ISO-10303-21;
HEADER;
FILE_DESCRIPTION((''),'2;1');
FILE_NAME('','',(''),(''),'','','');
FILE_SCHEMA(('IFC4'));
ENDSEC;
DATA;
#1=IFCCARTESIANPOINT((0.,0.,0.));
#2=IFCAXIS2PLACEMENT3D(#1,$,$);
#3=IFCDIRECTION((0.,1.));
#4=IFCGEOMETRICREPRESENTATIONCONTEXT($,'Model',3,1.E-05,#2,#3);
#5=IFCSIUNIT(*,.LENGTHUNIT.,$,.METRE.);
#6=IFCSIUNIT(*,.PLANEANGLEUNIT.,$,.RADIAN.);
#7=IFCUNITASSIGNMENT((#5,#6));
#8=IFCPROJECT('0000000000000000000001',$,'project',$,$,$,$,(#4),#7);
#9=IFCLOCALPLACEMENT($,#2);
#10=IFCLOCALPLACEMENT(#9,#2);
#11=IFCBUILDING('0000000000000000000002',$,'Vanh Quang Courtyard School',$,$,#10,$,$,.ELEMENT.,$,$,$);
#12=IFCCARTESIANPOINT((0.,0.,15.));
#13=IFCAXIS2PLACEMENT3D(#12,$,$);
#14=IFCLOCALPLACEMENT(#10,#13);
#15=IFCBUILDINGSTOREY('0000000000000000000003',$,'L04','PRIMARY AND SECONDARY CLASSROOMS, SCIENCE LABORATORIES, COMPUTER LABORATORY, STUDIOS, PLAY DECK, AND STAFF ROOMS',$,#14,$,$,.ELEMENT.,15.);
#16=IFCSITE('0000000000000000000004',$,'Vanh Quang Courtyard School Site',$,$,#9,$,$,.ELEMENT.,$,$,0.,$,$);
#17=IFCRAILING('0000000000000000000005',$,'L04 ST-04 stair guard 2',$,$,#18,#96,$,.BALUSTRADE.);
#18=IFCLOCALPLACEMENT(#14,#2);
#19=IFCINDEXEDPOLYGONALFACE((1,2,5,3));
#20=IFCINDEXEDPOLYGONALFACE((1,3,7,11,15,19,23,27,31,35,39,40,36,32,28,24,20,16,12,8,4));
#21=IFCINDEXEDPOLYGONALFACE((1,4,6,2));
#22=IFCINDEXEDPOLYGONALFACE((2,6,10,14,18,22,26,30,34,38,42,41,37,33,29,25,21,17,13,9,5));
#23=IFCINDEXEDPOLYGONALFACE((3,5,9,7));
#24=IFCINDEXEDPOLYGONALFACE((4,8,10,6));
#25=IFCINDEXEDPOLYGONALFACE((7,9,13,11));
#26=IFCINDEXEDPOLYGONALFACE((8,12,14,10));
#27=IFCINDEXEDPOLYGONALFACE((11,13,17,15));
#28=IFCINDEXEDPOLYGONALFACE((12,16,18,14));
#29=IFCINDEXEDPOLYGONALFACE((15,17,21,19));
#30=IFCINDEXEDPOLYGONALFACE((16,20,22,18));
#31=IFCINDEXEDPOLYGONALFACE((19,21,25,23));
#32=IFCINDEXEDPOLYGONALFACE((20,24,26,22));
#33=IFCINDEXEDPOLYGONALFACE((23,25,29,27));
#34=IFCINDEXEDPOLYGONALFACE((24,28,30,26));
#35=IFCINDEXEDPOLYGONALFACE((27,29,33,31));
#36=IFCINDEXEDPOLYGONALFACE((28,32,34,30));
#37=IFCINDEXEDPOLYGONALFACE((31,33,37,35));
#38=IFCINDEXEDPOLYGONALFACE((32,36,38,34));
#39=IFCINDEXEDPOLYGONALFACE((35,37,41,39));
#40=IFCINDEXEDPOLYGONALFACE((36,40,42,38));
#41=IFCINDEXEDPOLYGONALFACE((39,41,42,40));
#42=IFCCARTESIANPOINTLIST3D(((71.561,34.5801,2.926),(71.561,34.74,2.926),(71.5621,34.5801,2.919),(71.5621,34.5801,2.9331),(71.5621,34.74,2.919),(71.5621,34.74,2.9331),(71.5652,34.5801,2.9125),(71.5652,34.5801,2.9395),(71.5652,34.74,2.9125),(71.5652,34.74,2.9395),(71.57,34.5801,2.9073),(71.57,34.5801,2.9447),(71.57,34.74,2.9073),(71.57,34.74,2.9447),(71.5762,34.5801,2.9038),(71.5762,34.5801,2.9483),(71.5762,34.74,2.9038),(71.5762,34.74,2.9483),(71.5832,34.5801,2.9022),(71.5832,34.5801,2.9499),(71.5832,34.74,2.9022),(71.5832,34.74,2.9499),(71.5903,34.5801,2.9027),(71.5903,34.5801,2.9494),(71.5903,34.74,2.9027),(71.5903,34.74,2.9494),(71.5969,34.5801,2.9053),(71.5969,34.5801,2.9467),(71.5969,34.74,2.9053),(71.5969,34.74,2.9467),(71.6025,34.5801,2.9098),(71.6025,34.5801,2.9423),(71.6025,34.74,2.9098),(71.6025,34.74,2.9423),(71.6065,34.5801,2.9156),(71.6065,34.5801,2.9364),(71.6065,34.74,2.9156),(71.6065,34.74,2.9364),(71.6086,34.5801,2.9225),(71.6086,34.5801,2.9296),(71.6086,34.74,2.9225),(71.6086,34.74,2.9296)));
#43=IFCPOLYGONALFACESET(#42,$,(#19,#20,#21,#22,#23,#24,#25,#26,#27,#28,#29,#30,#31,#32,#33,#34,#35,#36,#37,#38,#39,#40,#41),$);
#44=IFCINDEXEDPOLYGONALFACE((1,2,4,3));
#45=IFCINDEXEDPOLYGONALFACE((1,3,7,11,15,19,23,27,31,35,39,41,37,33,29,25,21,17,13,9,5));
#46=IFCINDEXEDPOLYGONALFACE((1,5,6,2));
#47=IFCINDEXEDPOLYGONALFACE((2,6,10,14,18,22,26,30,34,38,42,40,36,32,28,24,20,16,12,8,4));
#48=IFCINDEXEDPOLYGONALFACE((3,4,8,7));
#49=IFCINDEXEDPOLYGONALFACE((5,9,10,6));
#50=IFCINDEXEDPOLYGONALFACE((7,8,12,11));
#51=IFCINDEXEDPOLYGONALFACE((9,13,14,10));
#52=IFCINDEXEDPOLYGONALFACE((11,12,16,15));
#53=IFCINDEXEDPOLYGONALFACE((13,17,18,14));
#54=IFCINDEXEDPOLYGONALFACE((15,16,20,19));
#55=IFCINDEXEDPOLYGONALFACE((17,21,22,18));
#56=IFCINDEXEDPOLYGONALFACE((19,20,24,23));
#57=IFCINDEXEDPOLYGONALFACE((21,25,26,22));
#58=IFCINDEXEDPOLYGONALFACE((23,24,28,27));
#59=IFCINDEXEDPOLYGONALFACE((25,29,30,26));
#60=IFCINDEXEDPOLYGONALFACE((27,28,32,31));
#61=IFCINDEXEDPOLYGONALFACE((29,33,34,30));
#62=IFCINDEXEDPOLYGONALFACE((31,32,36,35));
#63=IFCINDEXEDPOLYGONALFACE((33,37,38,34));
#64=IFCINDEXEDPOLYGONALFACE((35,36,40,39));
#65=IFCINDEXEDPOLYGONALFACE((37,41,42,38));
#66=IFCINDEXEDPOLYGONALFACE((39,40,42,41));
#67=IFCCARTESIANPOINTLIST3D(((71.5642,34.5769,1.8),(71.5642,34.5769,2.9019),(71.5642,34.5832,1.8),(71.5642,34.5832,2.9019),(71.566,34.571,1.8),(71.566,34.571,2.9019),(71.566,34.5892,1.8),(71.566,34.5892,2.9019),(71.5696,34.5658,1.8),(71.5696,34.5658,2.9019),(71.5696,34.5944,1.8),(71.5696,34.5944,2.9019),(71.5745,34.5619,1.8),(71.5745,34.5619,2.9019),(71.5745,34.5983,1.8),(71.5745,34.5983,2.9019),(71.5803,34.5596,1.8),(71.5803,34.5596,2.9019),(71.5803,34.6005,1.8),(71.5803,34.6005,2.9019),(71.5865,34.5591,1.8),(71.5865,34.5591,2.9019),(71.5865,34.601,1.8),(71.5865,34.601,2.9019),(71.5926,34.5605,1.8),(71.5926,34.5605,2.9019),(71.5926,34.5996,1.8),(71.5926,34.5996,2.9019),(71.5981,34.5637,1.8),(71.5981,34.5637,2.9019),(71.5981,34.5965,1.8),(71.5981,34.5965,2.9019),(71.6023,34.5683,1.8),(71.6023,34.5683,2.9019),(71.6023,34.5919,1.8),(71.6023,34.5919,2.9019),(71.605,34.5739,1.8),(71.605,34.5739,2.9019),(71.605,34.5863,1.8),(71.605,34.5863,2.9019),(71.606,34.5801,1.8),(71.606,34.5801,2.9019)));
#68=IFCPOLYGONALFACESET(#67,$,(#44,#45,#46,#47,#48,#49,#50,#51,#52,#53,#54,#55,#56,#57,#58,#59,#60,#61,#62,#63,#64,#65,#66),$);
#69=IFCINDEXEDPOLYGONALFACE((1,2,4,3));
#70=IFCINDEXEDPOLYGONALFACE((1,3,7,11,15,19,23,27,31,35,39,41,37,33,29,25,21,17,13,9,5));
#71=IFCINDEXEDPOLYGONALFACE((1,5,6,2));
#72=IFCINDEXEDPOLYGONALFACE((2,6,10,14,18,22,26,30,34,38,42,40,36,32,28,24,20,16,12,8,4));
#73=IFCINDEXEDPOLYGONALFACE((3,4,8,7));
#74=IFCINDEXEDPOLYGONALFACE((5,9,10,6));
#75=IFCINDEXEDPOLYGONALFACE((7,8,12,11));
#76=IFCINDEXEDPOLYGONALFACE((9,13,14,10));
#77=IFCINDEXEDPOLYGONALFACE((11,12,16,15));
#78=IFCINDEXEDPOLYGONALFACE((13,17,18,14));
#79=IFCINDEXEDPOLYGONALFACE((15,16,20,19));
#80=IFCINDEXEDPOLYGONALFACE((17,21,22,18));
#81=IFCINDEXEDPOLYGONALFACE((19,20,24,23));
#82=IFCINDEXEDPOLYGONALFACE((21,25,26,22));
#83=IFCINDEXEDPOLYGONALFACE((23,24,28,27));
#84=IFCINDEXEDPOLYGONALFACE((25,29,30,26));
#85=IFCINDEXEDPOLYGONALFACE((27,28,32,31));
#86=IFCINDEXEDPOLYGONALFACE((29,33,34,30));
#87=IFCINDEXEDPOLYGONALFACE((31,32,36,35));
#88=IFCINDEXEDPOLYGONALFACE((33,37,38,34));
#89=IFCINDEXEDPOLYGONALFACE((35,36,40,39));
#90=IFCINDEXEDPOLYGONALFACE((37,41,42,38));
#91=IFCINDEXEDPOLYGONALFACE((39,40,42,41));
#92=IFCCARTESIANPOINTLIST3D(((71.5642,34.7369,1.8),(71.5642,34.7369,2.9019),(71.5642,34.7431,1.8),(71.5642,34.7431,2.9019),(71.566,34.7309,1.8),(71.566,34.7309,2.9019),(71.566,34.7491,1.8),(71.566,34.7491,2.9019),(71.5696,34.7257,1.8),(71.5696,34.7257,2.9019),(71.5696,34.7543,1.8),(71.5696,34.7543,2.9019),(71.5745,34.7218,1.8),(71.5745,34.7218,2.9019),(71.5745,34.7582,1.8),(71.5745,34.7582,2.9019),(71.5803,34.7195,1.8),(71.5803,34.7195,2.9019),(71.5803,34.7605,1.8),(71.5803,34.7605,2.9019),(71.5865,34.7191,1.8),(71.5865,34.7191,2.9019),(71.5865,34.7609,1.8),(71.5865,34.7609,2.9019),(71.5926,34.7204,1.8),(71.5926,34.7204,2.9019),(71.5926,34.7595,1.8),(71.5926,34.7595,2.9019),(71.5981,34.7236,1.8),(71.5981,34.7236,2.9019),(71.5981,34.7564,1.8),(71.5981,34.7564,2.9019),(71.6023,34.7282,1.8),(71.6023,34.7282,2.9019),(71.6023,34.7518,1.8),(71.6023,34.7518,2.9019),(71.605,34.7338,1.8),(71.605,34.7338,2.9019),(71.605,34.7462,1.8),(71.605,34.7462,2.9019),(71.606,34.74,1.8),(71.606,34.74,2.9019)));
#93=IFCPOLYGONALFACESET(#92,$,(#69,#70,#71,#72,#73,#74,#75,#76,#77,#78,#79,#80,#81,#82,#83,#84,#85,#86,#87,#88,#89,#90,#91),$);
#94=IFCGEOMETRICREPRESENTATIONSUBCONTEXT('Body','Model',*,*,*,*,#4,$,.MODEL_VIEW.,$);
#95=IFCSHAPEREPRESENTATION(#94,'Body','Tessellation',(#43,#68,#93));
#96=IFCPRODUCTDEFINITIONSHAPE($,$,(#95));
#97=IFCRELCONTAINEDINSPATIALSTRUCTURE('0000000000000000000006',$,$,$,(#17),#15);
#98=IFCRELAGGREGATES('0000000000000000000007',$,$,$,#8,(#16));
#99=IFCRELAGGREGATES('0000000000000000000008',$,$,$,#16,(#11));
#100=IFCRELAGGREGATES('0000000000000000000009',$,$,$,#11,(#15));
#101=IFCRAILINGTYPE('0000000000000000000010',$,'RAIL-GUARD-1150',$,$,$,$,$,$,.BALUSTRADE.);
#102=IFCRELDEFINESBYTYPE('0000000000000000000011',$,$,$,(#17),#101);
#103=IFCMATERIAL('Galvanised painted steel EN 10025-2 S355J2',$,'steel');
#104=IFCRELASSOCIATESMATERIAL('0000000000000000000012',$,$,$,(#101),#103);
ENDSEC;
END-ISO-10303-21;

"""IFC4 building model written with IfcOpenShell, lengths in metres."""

from ifc_helpers import new_model, si_unit, direction, frame, origin, origin_2d, place, context, subcontext, project, spatial, circle, extrude, material, type_object, element, save


model = new_model("IFC4")

# Units and contexts
model_context = context("Model", 3, precision=1e-05, world=origin(), true_north=direction((0.0, 1.0)))
body_context = subcontext(model_context, "Body", "Model", "MODEL_VIEW")
ifc_project = project(units=[si_unit("LENGTHUNIT", "METRE"), si_unit("PLANEANGLEUNIT", "RADIAN")], contexts=[model_context])

# Site, building, storey
site_placement = place(None, origin())
site = spatial("IfcSite", under=ifc_project, at=site_placement, Name="Vanh Quang Courtyard School Site", CompositionType="ELEMENT", RefElevation=0.0)
building_placement = place(site_placement, origin())
building = spatial("IfcBuilding", under=site, at=building_placement, Name="Vanh Quang Courtyard School", CompositionType="ELEMENT")
storey_placement = place(building_placement, frame((0.0, 0.0, 15.0)))
storey = spatial("IfcBuildingStorey", under=building, at=storey_placement, Name="L04", Description="PRIMARY AND SECONDARY CLASSROOMS, SCIENCE LABORATORIES, COMPUTER LABORATORY, STUDIOS, PLAY DECK, AND STAFF ROOMS", CompositionType="ELEMENT", Elevation=15.0)

# Railing
ifc_material_1 = material(Name="Galvanised painted steel EN 10025-2 S355J2", Category="steel")
railing_type_1 = type_object("IfcRailingType", Name="RAIL-GUARD-1150", PredefinedType="BALUSTRADE", material=ifc_material_1)
railing_1_placement = place(storey_placement, frame((71.585, 34.5801, 1.8)))
element("IfcRailing", 1, at=railing_1_placement, inside=storey, type_object=railing_type_1, Name="L04 ST-04 stair guard 2", PredefinedType="BALUSTRADE", context=body_context, shape_type="SweptSolid", body=[
    extrude(circle(Radius=0.0239, at=origin_2d()), frame((0.0, 0.0, 1.126), z_axis=(0.0, 1.0, 0.0), x_axis=(-1.0, 0.0, 0.0)), (0.0, 0.0, 1.0), 0.1599),
    extrude(circle(Radius=0.021, at=origin_2d()), origin(), (0.0, 0.0, 1.0), 1.1018),
    extrude(circle(Radius=0.021, at=origin_2d()), frame((0.0, 0.1599, 0.0)), (0.0, 0.0, 1.0), 1.1018),
])

save(model, "model.ifc")
